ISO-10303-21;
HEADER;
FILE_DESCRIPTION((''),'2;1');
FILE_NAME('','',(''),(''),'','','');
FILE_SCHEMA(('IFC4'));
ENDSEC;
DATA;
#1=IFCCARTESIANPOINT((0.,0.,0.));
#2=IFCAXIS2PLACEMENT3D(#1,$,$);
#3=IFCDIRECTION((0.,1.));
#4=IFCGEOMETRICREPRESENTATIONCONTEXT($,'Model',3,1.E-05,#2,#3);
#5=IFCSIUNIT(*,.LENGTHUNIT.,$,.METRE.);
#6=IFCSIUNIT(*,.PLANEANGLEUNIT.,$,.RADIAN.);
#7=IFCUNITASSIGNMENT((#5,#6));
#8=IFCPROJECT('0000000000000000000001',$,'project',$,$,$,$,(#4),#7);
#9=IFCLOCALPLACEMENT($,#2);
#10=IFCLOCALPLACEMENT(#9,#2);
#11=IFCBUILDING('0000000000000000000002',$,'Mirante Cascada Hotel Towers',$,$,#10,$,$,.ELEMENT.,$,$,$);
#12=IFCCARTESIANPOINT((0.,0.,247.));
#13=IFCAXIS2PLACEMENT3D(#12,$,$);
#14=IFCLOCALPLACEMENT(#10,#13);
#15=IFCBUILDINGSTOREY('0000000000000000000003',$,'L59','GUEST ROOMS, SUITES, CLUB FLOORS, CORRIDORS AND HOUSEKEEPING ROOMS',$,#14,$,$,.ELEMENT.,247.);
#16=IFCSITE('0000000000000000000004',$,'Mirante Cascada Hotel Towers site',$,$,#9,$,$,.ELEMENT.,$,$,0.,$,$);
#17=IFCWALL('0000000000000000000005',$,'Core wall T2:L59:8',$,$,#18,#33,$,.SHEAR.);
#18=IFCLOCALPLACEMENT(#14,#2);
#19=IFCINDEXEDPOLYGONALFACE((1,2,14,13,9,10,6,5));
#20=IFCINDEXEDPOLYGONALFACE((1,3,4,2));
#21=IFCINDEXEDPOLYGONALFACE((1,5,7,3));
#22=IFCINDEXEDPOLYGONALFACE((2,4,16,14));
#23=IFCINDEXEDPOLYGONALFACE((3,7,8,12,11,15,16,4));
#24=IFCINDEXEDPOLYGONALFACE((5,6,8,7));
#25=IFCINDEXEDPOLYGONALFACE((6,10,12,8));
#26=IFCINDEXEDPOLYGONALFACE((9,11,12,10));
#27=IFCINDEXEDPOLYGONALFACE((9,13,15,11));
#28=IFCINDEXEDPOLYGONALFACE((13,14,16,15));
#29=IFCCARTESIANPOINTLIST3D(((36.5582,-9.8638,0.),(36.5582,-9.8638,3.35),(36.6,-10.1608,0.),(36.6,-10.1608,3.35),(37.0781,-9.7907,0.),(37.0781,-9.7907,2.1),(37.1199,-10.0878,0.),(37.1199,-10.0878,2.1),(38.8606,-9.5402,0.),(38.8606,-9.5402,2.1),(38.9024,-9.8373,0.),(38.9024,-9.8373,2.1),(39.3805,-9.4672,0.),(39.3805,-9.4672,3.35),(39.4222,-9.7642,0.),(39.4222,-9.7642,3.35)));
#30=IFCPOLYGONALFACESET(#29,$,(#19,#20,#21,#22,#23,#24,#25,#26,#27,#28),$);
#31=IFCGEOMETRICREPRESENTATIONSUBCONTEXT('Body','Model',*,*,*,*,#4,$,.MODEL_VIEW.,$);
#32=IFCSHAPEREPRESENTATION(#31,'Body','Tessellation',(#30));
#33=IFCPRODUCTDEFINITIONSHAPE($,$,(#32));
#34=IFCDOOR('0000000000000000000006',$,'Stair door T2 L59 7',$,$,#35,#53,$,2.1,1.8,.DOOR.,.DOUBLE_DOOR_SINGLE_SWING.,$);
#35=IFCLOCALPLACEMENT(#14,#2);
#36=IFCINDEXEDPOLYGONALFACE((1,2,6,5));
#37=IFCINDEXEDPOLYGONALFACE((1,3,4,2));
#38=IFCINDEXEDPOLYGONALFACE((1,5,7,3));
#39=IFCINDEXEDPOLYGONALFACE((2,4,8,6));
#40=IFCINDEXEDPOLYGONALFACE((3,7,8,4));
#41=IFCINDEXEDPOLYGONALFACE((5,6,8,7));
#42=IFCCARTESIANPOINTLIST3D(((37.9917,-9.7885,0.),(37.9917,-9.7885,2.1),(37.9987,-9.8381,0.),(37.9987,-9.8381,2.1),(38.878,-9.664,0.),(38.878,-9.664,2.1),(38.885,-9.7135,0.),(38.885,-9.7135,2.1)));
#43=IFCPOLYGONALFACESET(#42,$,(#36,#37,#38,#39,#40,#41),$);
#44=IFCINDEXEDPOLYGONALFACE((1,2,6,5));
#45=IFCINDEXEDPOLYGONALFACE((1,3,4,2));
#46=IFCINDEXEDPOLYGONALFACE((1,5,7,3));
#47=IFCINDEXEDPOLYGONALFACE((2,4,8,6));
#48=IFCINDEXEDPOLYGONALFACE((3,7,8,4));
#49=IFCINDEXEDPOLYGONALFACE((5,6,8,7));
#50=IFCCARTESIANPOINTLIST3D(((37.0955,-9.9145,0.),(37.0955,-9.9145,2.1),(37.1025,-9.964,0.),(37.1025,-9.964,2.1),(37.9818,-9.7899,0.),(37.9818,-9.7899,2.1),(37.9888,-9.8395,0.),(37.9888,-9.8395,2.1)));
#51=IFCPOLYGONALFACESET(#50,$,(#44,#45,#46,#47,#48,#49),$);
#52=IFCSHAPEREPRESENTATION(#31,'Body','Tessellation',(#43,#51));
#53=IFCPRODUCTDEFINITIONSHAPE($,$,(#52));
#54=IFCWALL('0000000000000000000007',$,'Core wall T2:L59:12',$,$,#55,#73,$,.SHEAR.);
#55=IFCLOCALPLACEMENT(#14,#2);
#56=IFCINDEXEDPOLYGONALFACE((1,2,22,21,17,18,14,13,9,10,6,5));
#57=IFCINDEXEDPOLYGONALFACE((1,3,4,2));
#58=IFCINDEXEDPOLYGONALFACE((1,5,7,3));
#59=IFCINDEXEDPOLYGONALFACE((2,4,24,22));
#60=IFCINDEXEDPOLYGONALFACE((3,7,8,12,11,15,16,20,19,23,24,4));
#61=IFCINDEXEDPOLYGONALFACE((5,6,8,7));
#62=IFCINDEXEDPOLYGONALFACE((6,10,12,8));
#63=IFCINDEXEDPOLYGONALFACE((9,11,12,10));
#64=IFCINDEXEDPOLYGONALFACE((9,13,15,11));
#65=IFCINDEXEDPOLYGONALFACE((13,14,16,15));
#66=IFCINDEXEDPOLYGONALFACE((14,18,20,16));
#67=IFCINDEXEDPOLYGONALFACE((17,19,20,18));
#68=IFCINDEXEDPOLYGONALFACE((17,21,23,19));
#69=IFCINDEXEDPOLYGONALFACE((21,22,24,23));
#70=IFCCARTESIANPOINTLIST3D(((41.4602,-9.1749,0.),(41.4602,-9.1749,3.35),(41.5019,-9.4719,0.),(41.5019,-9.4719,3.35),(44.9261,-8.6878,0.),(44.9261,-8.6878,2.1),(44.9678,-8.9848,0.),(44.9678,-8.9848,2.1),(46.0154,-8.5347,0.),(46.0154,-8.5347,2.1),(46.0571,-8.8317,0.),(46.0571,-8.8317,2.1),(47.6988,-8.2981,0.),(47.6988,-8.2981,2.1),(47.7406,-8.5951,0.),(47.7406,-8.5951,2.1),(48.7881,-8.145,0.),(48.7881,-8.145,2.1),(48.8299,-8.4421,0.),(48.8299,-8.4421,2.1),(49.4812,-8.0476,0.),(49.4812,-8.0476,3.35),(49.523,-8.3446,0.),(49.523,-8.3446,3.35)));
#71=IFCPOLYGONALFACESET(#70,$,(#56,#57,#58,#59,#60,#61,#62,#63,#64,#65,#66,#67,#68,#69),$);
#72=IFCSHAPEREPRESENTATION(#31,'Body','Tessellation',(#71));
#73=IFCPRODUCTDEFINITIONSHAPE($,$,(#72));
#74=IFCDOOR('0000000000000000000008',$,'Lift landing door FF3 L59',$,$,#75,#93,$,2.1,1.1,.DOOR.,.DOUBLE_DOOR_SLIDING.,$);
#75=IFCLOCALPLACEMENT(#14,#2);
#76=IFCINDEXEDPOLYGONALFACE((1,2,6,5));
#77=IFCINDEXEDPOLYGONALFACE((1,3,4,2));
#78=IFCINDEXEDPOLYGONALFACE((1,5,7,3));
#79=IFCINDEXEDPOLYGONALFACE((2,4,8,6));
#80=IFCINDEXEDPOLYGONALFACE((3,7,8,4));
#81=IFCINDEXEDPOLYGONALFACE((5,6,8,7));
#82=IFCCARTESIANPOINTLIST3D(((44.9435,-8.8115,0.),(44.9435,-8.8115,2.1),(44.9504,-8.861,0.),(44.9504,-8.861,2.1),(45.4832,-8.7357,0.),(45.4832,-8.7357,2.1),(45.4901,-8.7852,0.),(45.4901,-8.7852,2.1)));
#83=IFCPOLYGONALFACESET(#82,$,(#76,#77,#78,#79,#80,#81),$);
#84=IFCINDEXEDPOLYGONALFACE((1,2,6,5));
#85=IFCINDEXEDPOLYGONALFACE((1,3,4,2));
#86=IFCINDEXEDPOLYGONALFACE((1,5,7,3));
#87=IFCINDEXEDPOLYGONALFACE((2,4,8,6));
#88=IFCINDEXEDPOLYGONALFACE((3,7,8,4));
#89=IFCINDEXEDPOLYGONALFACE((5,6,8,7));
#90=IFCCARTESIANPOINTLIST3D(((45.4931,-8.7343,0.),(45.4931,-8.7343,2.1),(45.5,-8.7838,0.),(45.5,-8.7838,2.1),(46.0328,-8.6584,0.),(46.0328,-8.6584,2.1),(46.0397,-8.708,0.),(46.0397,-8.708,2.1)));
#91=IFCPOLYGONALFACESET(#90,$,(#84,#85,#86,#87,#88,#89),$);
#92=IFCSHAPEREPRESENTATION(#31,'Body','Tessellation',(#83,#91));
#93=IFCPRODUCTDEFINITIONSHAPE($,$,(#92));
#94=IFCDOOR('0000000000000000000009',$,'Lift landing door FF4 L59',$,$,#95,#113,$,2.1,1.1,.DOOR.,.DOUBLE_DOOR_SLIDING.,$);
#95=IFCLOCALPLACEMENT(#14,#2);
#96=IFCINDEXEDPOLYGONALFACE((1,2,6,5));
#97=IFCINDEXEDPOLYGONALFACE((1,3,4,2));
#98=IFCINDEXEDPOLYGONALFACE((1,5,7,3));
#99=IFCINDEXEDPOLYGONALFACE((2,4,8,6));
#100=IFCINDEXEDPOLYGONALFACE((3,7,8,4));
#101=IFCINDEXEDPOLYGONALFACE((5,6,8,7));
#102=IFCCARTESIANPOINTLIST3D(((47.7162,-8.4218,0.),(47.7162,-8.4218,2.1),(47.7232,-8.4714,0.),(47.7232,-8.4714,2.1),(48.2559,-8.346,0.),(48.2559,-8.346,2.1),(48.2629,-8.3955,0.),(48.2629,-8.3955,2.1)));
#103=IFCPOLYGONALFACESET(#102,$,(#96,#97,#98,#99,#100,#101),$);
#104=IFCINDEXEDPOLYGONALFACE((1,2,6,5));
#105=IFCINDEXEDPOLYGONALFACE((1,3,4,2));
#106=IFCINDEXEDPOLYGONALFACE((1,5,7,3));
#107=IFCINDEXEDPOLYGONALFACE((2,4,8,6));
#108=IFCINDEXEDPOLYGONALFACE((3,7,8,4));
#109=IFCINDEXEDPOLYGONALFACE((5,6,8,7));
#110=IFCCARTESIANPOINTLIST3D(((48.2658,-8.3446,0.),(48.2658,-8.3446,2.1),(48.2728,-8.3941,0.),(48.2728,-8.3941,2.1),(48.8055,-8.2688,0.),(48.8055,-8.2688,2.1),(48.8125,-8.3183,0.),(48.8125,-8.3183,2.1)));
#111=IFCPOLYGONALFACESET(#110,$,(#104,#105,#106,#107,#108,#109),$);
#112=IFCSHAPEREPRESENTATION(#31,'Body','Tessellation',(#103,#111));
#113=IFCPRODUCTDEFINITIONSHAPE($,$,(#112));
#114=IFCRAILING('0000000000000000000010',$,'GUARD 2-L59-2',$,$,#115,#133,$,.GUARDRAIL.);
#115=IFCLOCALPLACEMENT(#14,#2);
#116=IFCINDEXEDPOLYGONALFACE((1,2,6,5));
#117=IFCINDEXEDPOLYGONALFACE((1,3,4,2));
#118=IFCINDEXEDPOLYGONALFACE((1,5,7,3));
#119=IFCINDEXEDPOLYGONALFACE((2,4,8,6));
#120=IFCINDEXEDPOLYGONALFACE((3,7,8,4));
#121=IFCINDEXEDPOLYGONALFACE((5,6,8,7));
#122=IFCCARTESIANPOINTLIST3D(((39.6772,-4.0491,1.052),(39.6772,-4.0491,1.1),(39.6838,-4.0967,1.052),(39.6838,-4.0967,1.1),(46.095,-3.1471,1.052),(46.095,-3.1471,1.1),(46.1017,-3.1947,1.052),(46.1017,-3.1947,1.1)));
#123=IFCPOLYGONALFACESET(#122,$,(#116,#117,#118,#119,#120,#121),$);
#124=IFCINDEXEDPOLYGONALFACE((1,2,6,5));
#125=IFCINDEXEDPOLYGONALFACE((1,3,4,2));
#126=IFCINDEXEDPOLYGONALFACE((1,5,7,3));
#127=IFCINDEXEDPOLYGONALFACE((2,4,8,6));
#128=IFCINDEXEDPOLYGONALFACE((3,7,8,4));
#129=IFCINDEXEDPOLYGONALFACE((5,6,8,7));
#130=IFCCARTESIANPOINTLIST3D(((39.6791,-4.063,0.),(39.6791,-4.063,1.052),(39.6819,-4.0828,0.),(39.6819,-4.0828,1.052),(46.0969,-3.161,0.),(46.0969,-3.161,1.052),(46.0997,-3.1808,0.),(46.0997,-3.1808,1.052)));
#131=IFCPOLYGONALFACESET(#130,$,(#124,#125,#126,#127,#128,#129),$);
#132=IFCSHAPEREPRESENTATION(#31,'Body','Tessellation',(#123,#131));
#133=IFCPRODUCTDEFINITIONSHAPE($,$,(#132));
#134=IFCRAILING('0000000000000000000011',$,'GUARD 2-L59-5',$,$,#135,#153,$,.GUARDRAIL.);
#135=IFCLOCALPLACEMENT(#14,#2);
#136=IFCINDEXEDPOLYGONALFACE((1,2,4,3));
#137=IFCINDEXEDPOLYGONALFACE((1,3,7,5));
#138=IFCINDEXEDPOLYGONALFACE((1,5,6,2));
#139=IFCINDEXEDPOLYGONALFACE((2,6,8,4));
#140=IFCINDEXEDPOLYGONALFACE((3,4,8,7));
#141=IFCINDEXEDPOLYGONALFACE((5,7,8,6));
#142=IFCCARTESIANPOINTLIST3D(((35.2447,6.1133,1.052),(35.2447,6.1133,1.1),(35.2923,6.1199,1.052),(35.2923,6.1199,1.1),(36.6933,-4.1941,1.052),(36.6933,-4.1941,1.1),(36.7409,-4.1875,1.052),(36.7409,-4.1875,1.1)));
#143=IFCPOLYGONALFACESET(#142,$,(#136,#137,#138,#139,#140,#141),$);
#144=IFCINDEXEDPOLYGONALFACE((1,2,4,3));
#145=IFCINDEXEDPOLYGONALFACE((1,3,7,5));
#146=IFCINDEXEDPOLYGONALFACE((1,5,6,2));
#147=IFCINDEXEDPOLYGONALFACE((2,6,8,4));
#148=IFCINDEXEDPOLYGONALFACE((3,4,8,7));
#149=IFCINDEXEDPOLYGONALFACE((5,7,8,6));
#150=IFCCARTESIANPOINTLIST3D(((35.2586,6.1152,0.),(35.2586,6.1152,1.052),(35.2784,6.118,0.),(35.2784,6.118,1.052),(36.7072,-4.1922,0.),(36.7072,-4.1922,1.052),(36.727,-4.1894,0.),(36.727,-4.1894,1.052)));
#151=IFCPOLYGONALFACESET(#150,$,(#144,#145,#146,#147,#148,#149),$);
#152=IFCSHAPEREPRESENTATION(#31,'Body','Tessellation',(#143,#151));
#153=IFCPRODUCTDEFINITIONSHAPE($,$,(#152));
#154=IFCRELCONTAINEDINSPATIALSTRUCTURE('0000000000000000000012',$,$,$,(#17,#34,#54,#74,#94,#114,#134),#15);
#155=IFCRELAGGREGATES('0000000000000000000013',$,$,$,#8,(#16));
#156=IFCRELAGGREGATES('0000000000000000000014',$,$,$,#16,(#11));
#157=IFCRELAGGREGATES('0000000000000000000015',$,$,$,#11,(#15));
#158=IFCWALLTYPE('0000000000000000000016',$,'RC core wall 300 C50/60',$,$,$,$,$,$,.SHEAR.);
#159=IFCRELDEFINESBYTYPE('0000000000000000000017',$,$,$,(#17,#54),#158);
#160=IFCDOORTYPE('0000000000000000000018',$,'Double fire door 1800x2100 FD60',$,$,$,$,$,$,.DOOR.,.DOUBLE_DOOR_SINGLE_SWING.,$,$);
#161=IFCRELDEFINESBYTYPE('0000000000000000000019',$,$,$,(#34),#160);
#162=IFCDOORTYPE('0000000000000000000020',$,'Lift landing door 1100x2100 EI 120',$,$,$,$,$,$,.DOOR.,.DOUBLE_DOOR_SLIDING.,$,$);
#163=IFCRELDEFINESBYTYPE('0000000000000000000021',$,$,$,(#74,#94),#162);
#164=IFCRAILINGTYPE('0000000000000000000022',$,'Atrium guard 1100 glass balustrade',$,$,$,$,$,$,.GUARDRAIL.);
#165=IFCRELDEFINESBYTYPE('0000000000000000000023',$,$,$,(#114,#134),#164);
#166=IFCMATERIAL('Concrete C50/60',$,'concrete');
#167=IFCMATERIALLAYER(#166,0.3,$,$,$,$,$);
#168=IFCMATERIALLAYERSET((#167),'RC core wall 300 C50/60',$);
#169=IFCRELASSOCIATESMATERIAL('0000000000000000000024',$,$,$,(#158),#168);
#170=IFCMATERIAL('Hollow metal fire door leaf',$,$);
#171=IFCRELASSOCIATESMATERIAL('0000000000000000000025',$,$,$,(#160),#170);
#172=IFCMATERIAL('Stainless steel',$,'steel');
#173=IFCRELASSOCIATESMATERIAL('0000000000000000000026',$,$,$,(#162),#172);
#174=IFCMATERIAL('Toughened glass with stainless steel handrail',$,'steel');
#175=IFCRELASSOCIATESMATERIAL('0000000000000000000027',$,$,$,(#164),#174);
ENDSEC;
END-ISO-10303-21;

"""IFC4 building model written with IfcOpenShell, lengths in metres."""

from ifc_helpers import new_model, si_unit, direction, frame, frame_2d, origin, origin_2d, place, context, subcontext, project, spatial, rectangle, extrude, material, layer, layer_set, type_object, element, fill, save


model = new_model("IFC4")

# Units and contexts
model_context = context("Model", 3, precision=1e-05, world=origin(), true_north=direction((0.0, 1.0)))
body_context = subcontext(model_context, "Body", "Model", "MODEL_VIEW")
ifc_project = project(units=[si_unit("LENGTHUNIT", "METRE"), si_unit("PLANEANGLEUNIT", "RADIAN")], contexts=[model_context])

# Site, building, storey
site_placement = place(None, origin())
site = spatial("IfcSite", under=ifc_project, at=site_placement, Name="Mirante Cascada Hotel Towers site", CompositionType="ELEMENT", RefElevation=0.0)
building_placement = place(site_placement, origin())
building = spatial("IfcBuilding", under=site, at=building_placement, Name="Mirante Cascada Hotel Towers", CompositionType="ELEMENT")
storey_placement = place(building_placement, frame((0.0, 0.0, 247.0)))
storey = spatial("IfcBuildingStorey", under=building, at=storey_placement, Name="L59", Description="GUEST ROOMS, SUITES, CLUB FLOORS, CORRIDORS AND HOUSEKEEPING ROOMS", CompositionType="ELEMENT", Elevation=247.0)

# Wall, opening, door
ifc_material_1 = material(Name="Concrete C50/60", Category="concrete")
ifc_layer_1 = layer(ifc_material_1, 0.3)
ifc_layer_set_1 = layer_set([ifc_layer_1], Name="RC core wall 300 C50/60")
wall_type_1 = type_object("IfcWallType", Name="RC core wall 300 C50/60", PredefinedType="SHEAR", material=ifc_layer_set_1)
wall_1_placement = place(storey_placement, frame((36.5791, -10.0123, 0.0), z_axis=(0.0, 0.0, 1.0), x_axis=(0.99027, 0.139156, 0.0)))
wall_1 = element("IfcWall", 1, at=wall_1_placement, inside=storey, type_object=wall_type_1, Name="Core wall T2:L59:8", PredefinedType="SHEAR", context=body_context, shape_type="SweptSolid", body=[
    extrude(rectangle(XDim=2.85, YDim=0.3, at=frame_2d((1.425, 0.0))), origin(), (0.0, 0.0, 1.0), 3.35),
])
opening_1_placement = place(wall_1_placement, frame((0.525, 0.0, 0.0)))
opening_1 = element("IfcOpeningElement", 2, at=opening_1_placement, cuts=wall_1, PredefinedType="OPENING", context=body_context, shape_type="SweptSolid", body=[
    extrude(rectangle(XDim=1.8, YDim=2.1, at=frame_2d((0.9, 1.05))), frame((0.0, 0.15, 0.0), z_axis=(0.0, -1.0, 0.0), x_axis=(1.0, 0.0, 0.0)), (0.0, 0.0, 1.0), 0.3),
])
ifc_material_2 = material(Name="Hollow metal fire door leaf")
door_type_1 = type_object("IfcDoorType", Name="Double fire door 1800x2100 FD60", OperationType="DOUBLE_DOOR_SINGLE_SWING", PredefinedType="DOOR", material=ifc_material_2)
door_1_placement = place(opening_1_placement, frame((1.8, 0.0, 0.0), z_axis=(0.0, 0.0, 1.0), x_axis=(-1.0, 0.0, 0.0)))
door_1 = element("IfcDoor", 3, at=door_1_placement, inside=storey, type_object=door_type_1, Name="Stair door T2 L59 7", OperationType="DOUBLE_DOOR_SINGLE_SWING", OverallHeight=2.1, OverallWidth=1.8, PredefinedType="DOOR", context=body_context, shape_type="SweptSolid", body=[
    extrude(rectangle(XDim=0.895, YDim=2.1, at=frame_2d((0.4475, 1.05))), frame((0.0, 0.025, 0.0), z_axis=(0.0, -1.0, 0.0), x_axis=(1.0, 0.0, 0.0)), (0.0, 0.0, 1.0), 0.05),
    extrude(rectangle(XDim=0.895, YDim=2.1, at=frame_2d((1.3525, 1.05))), frame((0.0, 0.025, 0.0), z_axis=(0.0, -1.0, 0.0), x_axis=(1.0, 0.0, 0.0)), (0.0, 0.0, 1.0), 0.05),
])
fill(opening_1, door_1)

# Wall, openings, doors
wall_2_placement = place(storey_placement, frame((41.481, -9.3234, 0.0), z_axis=(0.0, 0.0, 1.0), x_axis=(0.990268, 0.139174, 0.0)))
wall_2 = element("IfcWall", 4, at=wall_2_placement, inside=storey, type_object=wall_type_1, Name="Core wall T2:L59:12", PredefinedType="SHEAR", context=body_context, shape_type="SweptSolid", body=[
    extrude(rectangle(XDim=8.0999, YDim=0.3, at=frame_2d((4.05, 0.0))), origin(), (0.0, 0.0, 1.0), 3.35),
])
opening_2_placement = place(wall_2_placement, frame((3.5, 0.0, 0.0)))
opening_2 = element("IfcOpeningElement", 5, at=opening_2_placement, cuts=wall_2, PredefinedType="OPENING", context=body_context, shape_type="SweptSolid", body=[
    extrude(rectangle(XDim=1.1, YDim=2.1, at=frame_2d((0.55, 1.05))), frame((0.0, 0.15, 0.0), z_axis=(0.0, -1.0, 0.0), x_axis=(1.0, 0.0, 0.0)), (0.0, 0.0, 1.0), 0.3),
])
opening_3_placement = place(wall_2_placement, frame((6.3, 0.0, 0.0)))
opening_3 = element("IfcOpeningElement", 6, at=opening_3_placement, cuts=wall_2, PredefinedType="OPENING", context=body_context, shape_type="SweptSolid", body=[
    extrude(rectangle(XDim=1.1, YDim=2.1, at=frame_2d((0.55, 1.05))), frame((0.0, 0.15, 0.0), z_axis=(0.0, -1.0, 0.0), x_axis=(1.0, 0.0, 0.0)), (0.0, 0.0, 1.0), 0.3),
])
ifc_material_3 = material(Name="Stainless steel", Category="steel")
door_type_2 = type_object("IfcDoorType", Name="Lift landing door 1100x2100 EI 120", OperationType="DOUBLE_DOOR_SLIDING", PredefinedType="DOOR", material=ifc_material_3)
door_2_placement = place(opening_2_placement, origin())
door_2 = element("IfcDoor", 7, at=door_2_placement, inside=storey, type_object=door_type_2, Name="Lift landing door FF3 L59", OperationType="DOUBLE_DOOR_SLIDING", OverallHeight=2.1, OverallWidth=1.1, PredefinedType="DOOR", context=body_context, shape_type="SweptSolid", body=[
    extrude(rectangle(XDim=0.545, YDim=2.1, at=frame_2d((0.2725, 1.05))), frame((0.0, 0.025, 0.0), z_axis=(0.0, -1.0, 0.0), x_axis=(1.0, 0.0, 0.0)), (0.0, 0.0, 1.0), 0.05),
    extrude(rectangle(XDim=0.545, YDim=2.1, at=frame_2d((0.8275, 1.05))), frame((0.0, 0.025, 0.0), z_axis=(0.0, -1.0, 0.0), x_axis=(1.0, 0.0, 0.0)), (0.0, 0.0, 1.0), 0.05),
])
fill(opening_2, door_2)
door_3_placement = place(opening_3_placement, origin())
door_3 = element("IfcDoor", 8, at=door_3_placement, inside=storey, type_object=door_type_2, Name="Lift landing door FF4 L59", OperationType="DOUBLE_DOOR_SLIDING", OverallHeight=2.1, OverallWidth=1.1, PredefinedType="DOOR", context=body_context, shape_type="SweptSolid", body=[
    extrude(rectangle(XDim=0.545, YDim=2.1, at=frame_2d((0.2725, 1.05))), frame((0.0, 0.025, 0.0), z_axis=(0.0, -1.0, 0.0), x_axis=(1.0, 0.0, 0.0)), (0.0, 0.0, 1.0), 0.05),
    extrude(rectangle(XDim=0.545, YDim=2.1, at=frame_2d((0.8275, 1.05))), frame((0.0, 0.025, 0.0), z_axis=(0.0, -1.0, 0.0), x_axis=(1.0, 0.0, 0.0)), (0.0, 0.0, 1.0), 0.05),
])
fill(opening_3, door_3)

# Railings
ifc_material_4 = material(Name="Toughened glass with stainless steel handrail", Category="steel")
railing_type_1 = type_object("IfcRailingType", Name="Atrium guard 1100 glass balustrade", PredefinedType="GUARDRAIL", material=ifc_material_4)
railing_1_placement = place(storey_placement, frame((39.6805, -4.0729, 0.0)))
element("IfcRailing", 9, at=railing_1_placement, inside=storey, type_object=railing_type_1, Name="GUARD 2-L59-2", PredefinedType="GUARDRAIL", context=body_context, shape_type="SweptSolid", body=[
    extrude(rectangle(XDim=0.048, YDim=0.048, at=origin_2d()), frame((0.0, 0.0, 1.076), z_axis=(0.990267, 0.139179, 0.0), x_axis=(-0.139179, 0.990267, 0.0)), (0.0, 0.0, 1.0), 6.4809),
    extrude(rectangle(XDim=0.02, YDim=1.052, at=origin_2d()), frame((0.0, 0.0, 0.526), z_axis=(0.990267, 0.139179, 0.0), x_axis=(-0.139179, 0.990267, 0.0)), (0.0, 0.0, 1.0), 6.4809),
])
railing_2_placement = place(storey_placement, frame((36.7171, -4.1908, 0.0)))
element("IfcRailing", 10, at=railing_2_placement, inside=storey, type_object=railing_type_1, Name="GUARD 2-L59-5", PredefinedType="GUARDRAIL", context=body_context, shape_type="SweptSolid", body=[
    extrude(rectangle(XDim=0.048, YDim=0.048, at=origin_2d()), frame((0.0, 0.0, 1.076), z_axis=(-0.139172, 0.990268, 0.0), x_axis=(-0.990268, -0.139172, 0.0)), (0.0, 0.0, 1.0), 10.4087),
    extrude(rectangle(XDim=0.02, YDim=1.052, at=origin_2d()), frame((0.0, 0.0, 0.526), z_axis=(-0.139172, 0.990268, 0.0), x_axis=(-0.990268, -0.139172, 0.0)), (0.0, 0.0, 1.0), 10.4087),
])

save(model, "model.ifc")
